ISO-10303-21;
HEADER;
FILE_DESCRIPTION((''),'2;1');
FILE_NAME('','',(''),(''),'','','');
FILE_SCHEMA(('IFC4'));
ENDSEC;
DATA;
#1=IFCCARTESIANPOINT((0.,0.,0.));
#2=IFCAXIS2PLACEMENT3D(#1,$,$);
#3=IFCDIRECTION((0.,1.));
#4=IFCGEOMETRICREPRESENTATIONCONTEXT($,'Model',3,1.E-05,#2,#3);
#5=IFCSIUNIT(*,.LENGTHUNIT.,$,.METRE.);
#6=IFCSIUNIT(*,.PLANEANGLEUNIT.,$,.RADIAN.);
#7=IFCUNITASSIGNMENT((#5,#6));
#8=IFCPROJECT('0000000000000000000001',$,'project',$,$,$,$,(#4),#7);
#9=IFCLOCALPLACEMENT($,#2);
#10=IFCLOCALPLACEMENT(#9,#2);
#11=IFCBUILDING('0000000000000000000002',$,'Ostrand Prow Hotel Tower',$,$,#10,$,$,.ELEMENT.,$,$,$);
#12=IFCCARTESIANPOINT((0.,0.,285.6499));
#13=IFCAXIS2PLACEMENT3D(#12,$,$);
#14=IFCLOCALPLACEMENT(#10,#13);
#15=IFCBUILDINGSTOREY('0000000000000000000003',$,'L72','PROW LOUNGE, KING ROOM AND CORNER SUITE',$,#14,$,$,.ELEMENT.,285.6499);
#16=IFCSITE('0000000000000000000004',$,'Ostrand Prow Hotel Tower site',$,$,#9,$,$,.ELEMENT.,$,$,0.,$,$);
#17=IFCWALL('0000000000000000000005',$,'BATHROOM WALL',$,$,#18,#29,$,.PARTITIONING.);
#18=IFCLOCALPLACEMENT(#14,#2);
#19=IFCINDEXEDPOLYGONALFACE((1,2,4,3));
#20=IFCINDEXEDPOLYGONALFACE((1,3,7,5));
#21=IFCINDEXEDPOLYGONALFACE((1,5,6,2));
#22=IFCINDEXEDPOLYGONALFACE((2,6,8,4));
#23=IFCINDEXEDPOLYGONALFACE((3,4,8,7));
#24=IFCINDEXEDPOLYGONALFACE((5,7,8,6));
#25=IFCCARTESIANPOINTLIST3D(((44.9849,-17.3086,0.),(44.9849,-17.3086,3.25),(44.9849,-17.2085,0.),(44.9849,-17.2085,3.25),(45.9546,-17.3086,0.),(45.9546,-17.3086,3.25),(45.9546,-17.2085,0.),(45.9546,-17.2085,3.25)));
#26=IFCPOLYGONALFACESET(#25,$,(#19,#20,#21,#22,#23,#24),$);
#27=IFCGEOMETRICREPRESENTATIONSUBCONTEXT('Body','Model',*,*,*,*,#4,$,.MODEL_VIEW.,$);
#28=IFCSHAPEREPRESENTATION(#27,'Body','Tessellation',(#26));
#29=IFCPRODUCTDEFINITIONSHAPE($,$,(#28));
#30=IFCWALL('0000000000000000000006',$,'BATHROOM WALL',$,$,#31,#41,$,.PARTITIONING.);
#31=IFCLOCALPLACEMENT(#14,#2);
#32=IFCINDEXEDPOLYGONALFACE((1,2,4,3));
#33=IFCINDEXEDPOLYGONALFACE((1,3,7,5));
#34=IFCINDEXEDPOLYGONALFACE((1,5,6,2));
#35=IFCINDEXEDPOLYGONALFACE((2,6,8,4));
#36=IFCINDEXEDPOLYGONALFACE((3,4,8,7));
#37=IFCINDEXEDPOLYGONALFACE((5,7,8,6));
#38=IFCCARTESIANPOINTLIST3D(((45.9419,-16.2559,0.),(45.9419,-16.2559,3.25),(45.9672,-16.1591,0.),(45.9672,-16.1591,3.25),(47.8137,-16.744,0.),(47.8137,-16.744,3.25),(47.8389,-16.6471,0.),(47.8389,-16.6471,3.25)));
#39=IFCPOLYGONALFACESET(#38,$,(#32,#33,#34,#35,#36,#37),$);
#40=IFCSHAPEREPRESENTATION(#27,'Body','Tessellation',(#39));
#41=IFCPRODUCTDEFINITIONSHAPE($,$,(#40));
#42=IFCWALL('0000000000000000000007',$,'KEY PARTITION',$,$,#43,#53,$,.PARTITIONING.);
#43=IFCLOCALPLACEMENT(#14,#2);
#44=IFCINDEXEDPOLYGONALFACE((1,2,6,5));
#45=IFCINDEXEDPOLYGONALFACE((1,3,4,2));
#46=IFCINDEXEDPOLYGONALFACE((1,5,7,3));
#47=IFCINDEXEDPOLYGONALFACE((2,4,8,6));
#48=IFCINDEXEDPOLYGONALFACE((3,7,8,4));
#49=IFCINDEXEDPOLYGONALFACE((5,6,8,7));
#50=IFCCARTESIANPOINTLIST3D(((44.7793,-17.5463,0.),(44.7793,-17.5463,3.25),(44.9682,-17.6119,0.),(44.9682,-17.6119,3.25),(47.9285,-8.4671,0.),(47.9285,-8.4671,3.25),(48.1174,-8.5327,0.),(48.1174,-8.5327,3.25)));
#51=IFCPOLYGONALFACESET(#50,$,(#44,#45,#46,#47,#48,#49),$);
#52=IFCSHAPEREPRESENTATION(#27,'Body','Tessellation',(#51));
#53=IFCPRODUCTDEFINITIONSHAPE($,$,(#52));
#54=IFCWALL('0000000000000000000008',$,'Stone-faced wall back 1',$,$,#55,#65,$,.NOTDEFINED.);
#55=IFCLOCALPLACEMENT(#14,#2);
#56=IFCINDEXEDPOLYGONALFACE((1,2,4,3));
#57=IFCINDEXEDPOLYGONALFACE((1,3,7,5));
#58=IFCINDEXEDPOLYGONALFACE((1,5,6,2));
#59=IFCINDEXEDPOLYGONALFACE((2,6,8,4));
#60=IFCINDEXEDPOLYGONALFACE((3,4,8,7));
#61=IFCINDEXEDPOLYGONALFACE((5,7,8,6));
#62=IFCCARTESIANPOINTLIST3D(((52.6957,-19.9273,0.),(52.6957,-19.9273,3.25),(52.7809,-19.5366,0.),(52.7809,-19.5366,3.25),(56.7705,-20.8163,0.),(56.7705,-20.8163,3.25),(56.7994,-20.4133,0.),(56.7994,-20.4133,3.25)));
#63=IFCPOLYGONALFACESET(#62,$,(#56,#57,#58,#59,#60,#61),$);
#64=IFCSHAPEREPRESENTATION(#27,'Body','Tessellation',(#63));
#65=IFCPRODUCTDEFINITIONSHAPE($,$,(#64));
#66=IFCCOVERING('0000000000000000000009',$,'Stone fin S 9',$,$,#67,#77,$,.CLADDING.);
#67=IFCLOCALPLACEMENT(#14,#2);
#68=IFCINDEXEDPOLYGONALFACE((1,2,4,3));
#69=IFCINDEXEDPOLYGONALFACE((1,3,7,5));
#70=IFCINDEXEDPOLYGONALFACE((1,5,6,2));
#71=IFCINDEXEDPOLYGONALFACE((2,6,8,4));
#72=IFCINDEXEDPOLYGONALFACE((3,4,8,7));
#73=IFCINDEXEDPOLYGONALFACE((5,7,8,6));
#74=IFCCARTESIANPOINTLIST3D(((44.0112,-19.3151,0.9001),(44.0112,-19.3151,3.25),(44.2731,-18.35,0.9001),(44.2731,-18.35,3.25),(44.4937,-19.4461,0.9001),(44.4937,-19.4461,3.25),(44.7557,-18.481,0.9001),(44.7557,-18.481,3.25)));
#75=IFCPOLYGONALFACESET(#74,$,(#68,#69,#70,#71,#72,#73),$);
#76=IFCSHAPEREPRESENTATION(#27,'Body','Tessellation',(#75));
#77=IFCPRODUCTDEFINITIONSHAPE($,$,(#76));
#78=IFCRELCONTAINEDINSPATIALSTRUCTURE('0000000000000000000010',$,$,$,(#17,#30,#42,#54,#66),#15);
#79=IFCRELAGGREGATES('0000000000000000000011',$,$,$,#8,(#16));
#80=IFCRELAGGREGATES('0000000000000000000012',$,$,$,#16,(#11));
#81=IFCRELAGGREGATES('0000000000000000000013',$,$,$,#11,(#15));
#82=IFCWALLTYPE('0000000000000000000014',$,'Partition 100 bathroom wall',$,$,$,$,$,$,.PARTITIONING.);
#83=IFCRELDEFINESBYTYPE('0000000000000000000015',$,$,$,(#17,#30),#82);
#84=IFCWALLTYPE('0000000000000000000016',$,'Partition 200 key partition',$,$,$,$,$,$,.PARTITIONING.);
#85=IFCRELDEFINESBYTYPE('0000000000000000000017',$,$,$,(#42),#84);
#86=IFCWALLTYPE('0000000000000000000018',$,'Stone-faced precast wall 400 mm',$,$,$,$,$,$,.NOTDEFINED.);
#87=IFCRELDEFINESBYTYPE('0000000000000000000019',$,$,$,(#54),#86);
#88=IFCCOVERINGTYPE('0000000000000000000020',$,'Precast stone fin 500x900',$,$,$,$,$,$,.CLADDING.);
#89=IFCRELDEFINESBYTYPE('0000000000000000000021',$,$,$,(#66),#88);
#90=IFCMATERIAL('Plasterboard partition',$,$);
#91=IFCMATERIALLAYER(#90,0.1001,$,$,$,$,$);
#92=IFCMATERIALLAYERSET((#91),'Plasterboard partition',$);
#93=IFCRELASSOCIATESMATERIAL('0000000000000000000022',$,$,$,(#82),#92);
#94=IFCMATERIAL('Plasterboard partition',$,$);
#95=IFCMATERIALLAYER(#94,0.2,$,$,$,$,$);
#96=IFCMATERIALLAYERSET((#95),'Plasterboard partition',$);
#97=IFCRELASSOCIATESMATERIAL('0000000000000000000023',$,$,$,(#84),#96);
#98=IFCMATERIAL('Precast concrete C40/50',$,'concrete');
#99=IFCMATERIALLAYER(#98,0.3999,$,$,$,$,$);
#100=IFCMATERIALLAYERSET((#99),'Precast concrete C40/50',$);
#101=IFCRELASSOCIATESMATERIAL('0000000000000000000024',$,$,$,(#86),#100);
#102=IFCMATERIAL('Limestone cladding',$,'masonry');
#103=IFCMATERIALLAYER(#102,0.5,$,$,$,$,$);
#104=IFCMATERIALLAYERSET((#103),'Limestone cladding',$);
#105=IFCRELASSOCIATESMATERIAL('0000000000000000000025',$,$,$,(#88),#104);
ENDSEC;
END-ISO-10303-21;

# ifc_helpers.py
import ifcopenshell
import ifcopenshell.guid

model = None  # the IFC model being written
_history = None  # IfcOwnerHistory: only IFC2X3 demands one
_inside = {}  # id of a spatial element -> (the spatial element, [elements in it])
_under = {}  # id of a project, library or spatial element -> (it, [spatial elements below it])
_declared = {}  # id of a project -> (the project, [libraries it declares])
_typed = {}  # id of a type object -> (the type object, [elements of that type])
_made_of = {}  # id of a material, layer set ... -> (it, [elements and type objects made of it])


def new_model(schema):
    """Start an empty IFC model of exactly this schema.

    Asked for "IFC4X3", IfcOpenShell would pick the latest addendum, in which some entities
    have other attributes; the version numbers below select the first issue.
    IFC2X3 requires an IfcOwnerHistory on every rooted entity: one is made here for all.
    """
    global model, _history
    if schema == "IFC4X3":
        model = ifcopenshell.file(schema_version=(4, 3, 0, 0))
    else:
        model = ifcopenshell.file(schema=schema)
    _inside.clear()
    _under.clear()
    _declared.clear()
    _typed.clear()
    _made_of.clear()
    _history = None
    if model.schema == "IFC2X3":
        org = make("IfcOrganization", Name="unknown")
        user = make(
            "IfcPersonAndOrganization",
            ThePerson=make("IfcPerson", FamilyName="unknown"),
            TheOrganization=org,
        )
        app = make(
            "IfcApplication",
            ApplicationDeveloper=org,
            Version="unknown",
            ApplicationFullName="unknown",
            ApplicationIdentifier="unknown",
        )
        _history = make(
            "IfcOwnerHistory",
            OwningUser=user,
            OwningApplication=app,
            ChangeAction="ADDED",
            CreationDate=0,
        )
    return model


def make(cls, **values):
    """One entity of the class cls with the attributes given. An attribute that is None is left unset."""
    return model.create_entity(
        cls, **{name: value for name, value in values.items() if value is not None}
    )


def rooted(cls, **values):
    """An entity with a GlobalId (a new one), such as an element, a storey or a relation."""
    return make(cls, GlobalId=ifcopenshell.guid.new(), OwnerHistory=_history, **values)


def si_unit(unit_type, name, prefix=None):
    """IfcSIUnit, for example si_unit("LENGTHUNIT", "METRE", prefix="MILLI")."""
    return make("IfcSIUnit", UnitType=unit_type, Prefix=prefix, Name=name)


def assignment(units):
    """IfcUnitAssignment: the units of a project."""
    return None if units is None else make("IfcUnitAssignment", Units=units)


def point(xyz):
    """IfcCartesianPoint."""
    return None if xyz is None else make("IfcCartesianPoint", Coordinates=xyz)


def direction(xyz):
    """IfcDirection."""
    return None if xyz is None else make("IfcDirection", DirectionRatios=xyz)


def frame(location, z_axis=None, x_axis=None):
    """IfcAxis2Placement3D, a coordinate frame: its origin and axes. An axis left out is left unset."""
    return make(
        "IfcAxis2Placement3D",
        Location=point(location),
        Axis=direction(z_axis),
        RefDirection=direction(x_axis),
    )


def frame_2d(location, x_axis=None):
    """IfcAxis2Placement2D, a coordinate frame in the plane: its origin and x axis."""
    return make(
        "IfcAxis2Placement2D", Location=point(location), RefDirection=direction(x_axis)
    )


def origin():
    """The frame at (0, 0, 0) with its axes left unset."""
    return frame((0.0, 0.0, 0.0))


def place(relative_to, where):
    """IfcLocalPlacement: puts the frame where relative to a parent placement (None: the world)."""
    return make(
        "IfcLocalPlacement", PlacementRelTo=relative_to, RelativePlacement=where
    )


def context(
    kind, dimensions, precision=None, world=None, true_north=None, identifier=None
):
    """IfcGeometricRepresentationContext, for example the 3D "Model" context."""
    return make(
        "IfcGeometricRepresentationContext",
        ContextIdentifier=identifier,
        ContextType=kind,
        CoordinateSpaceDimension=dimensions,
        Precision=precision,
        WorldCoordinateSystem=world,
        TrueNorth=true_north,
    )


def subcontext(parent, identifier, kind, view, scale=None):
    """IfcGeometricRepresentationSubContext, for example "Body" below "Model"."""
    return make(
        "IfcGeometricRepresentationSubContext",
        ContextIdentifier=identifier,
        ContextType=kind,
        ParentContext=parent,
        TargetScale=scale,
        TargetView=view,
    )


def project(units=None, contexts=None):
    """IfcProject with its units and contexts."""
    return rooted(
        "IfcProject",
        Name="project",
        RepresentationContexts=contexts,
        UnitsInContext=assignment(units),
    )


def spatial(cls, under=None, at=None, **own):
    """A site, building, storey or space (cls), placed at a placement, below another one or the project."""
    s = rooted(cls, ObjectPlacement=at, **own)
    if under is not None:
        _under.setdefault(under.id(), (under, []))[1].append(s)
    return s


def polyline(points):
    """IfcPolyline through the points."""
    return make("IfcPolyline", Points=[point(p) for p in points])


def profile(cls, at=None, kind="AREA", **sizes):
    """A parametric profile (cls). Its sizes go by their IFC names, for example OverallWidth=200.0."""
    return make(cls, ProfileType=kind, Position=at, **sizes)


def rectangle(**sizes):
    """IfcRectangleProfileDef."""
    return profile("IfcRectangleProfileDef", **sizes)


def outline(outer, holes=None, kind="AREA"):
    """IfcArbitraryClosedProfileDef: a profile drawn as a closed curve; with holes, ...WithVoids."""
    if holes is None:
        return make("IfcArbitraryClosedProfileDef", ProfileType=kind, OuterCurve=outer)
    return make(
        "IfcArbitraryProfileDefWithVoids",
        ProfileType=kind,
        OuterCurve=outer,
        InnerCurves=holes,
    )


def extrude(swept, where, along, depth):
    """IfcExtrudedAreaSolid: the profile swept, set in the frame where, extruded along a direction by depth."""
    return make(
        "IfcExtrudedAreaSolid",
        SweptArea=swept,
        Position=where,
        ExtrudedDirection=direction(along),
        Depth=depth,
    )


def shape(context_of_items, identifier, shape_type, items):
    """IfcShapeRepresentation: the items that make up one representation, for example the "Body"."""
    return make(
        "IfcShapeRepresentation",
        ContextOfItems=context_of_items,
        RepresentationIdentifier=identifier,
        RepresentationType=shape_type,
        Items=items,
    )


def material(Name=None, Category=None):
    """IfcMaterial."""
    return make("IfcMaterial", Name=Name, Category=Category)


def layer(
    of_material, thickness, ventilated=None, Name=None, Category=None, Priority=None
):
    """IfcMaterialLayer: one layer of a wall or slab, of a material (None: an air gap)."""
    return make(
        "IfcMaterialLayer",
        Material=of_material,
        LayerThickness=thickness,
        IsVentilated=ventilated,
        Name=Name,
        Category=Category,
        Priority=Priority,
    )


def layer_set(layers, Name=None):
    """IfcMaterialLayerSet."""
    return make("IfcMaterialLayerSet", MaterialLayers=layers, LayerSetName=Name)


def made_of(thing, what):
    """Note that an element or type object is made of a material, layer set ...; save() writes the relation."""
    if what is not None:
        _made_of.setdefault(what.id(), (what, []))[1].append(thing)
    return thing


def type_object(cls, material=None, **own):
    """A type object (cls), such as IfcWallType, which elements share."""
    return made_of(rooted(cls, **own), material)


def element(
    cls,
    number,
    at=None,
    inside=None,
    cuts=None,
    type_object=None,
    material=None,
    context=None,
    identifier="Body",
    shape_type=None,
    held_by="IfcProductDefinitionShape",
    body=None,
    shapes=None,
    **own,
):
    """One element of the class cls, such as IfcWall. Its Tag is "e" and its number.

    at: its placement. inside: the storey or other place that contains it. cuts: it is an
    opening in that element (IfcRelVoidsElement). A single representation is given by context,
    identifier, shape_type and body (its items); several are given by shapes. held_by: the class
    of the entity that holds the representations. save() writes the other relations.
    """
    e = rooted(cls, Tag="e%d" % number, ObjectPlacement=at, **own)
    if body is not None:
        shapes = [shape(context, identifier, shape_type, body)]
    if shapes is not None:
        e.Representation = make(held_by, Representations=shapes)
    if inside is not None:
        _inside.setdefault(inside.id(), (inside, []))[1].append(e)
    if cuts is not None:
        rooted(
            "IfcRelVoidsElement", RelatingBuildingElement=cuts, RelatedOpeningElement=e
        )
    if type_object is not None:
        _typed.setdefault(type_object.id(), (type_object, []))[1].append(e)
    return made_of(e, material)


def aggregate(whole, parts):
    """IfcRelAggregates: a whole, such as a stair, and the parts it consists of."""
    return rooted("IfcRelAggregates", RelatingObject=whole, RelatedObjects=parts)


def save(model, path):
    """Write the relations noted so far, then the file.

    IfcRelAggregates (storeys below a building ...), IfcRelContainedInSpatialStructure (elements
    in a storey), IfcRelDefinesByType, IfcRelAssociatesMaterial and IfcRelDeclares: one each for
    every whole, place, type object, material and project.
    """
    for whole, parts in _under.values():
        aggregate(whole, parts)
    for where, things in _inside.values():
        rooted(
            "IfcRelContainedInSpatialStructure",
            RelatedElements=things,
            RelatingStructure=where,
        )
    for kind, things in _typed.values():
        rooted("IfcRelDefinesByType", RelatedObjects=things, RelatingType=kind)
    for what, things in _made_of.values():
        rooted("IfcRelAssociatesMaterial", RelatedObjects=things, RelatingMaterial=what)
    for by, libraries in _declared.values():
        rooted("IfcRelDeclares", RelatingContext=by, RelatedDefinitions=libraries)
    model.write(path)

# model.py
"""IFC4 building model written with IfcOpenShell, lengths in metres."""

from ifc_helpers import new_model, si_unit, direction, frame, frame_2d, origin, place, context, subcontext, project, spatial, polyline, rectangle, outline, extrude, material, layer, layer_set, type_object, element, save


model = new_model("IFC4")

# Units and contexts
model_context = context("Model", 3, precision=1e-05, world=origin(), true_north=direction((0.0, 1.0)))
body_context = subcontext(model_context, "Body", "Model", "MODEL_VIEW")
ifc_project = project(units=[si_unit("LENGTHUNIT", "METRE"), si_unit("PLANEANGLEUNIT", "RADIAN")], contexts=[model_context])

# Site, building, storey
site_placement = place(None, origin())
site = spatial("IfcSite", under=ifc_project, at=site_placement, Name="Ostrand Prow Hotel Tower site", CompositionType="ELEMENT", RefElevation=0.0)
building_placement = place(site_placement, origin())
building = spatial("IfcBuilding", under=site, at=building_placement, Name="Ostrand Prow Hotel Tower", CompositionType="ELEMENT")
storey_placement = place(building_placement, frame((0.0, 0.0, 285.6499)))
storey = spatial("IfcBuildingStorey", under=building, at=storey_placement, Name="L72", Description="PROW LOUNGE, KING ROOM AND CORNER SUITE", CompositionType="ELEMENT", Elevation=285.6499)

# Walls
ifc_material_1 = material(Name="Plasterboard partition")
ifc_layer_1 = layer(ifc_material_1, 0.1001)
ifc_layer_set_1 = layer_set([ifc_layer_1], Name="Plasterboard partition")
wall_type_1 = type_object("IfcWallType", Name="Partition 100 bathroom wall", PredefinedType="PARTITIONING", material=ifc_layer_set_1)
wall_1_placement = place(storey_placement, frame((45.9546, -17.2585, 0.0), z_axis=(0.0, 0.0, 1.0), x_axis=(-1.0, 0.0, 0.0)))
element("IfcWall", 1, at=wall_1_placement, inside=storey, type_object=wall_type_1, Name="BATHROOM WALL", PredefinedType="PARTITIONING", context=body_context, shape_type="SweptSolid", body=[
    extrude(rectangle(XDim=0.9697, YDim=0.1001, at=frame_2d((0.4849, 0.0))), origin(), (0.0, 0.0, 1.0), 3.25),
])
wall_2_placement = place(storey_placement, frame((47.8264, -16.6956, 0.0), z_axis=(0.0, 0.0, 1.0), x_axis=(-0.967651, 0.252293, 0.0)))
element("IfcWall", 2, at=wall_2_placement, inside=storey, type_object=wall_type_1, Name="BATHROOM WALL", PredefinedType="PARTITIONING", context=body_context, shape_type="SweptSolid", body=[
    extrude(rectangle(XDim=1.9343, YDim=0.1001, at=frame_2d((0.9673, 0.0))), origin(), (0.0, 0.0, 1.0), 3.25),
])
ifc_material_2 = material(Name="Plasterboard partition")
ifc_layer_2 = layer(ifc_material_2, 0.2)
ifc_layer_set_2 = layer_set([ifc_layer_2], Name="Plasterboard partition")
wall_type_2 = type_object("IfcWallType", Name="Partition 200 key partition", PredefinedType="PARTITIONING", material=ifc_layer_set_2)
wall_3_placement = place(storey_placement, frame((44.8738, -17.5791, 0.0), z_axis=(0.0, 0.0, 1.0), x_axis=(0.327706, 0.94478, 0.0)))
element("IfcWall", 3, at=wall_3_placement, inside=storey, type_object=wall_type_2, Name="KEY PARTITION", PredefinedType="PARTITIONING", context=body_context, shape_type="SweptSolid", body=[
    extrude(rectangle(XDim=9.6099, YDim=0.2, at=frame_2d((4.8049, 0.0))), origin(), (0.0, 0.0, 1.0), 3.25),
])
ifc_material_3 = material(Name="Precast concrete C40/50", Category="concrete")
ifc_layer_3 = layer(ifc_material_3, 0.3999)
ifc_layer_set_3 = layer_set([ifc_layer_3], Name="Precast concrete C40/50")
wall_type_3 = type_object("IfcWallType", Name="Stone-faced precast wall 400 mm", PredefinedType="NOTDEFINED", material=ifc_layer_set_3)
wall_4_placement = place(storey_placement, frame((52.7383, -19.7319, 0.0), z_axis=(0.0, 0.0, 1.0), x_axis=(0.97702, -0.213147, 0.0)))
element("IfcWall", 4, at=wall_4_placement, inside=storey, type_object=wall_type_3, Name="Stone-faced wall back 1", PredefinedType="NOTDEFINED", context=body_context, shape_type="SweptSolid", body=[
    extrude(outline(polyline([(0.0, -0.2), (4.1707, -0.2), (4.113, 0.2), (0.0, 0.2), (0.0, -0.2)])), origin(), (0.0, 0.0, 1.0), 3.25),
])

# Covering
ifc_material_4 = material(Name="Limestone cladding", Category="masonry")
ifc_layer_4 = layer(ifc_material_4, 0.5)
ifc_layer_set_4 = layer_set([ifc_layer_4], Name="Limestone cladding")
covering_type = type_object("IfcCoveringType", Name="Precast stone fin 500x900", PredefinedType="CLADDING", material=ifc_layer_set_4)
covering_placement = place(storey_placement, frame((44.5144, -18.4155, 0.9001), z_axis=(0.0, 0.0, 1.0), x_axis=(-0.26196, -0.965079, 0.0)))
element("IfcCovering", 5, at=covering_placement, inside=storey, type_object=covering_type, Name="Stone fin S 9", PredefinedType="CLADDING", context=body_context, shape_type="SweptSolid", body=[
    extrude(rectangle(XDim=1.0, YDim=0.5, at=frame_2d((0.5, 0.0))), origin(), (0.0, 0.0, 1.0), 2.3499),
])

save(model, "model.ifc")
